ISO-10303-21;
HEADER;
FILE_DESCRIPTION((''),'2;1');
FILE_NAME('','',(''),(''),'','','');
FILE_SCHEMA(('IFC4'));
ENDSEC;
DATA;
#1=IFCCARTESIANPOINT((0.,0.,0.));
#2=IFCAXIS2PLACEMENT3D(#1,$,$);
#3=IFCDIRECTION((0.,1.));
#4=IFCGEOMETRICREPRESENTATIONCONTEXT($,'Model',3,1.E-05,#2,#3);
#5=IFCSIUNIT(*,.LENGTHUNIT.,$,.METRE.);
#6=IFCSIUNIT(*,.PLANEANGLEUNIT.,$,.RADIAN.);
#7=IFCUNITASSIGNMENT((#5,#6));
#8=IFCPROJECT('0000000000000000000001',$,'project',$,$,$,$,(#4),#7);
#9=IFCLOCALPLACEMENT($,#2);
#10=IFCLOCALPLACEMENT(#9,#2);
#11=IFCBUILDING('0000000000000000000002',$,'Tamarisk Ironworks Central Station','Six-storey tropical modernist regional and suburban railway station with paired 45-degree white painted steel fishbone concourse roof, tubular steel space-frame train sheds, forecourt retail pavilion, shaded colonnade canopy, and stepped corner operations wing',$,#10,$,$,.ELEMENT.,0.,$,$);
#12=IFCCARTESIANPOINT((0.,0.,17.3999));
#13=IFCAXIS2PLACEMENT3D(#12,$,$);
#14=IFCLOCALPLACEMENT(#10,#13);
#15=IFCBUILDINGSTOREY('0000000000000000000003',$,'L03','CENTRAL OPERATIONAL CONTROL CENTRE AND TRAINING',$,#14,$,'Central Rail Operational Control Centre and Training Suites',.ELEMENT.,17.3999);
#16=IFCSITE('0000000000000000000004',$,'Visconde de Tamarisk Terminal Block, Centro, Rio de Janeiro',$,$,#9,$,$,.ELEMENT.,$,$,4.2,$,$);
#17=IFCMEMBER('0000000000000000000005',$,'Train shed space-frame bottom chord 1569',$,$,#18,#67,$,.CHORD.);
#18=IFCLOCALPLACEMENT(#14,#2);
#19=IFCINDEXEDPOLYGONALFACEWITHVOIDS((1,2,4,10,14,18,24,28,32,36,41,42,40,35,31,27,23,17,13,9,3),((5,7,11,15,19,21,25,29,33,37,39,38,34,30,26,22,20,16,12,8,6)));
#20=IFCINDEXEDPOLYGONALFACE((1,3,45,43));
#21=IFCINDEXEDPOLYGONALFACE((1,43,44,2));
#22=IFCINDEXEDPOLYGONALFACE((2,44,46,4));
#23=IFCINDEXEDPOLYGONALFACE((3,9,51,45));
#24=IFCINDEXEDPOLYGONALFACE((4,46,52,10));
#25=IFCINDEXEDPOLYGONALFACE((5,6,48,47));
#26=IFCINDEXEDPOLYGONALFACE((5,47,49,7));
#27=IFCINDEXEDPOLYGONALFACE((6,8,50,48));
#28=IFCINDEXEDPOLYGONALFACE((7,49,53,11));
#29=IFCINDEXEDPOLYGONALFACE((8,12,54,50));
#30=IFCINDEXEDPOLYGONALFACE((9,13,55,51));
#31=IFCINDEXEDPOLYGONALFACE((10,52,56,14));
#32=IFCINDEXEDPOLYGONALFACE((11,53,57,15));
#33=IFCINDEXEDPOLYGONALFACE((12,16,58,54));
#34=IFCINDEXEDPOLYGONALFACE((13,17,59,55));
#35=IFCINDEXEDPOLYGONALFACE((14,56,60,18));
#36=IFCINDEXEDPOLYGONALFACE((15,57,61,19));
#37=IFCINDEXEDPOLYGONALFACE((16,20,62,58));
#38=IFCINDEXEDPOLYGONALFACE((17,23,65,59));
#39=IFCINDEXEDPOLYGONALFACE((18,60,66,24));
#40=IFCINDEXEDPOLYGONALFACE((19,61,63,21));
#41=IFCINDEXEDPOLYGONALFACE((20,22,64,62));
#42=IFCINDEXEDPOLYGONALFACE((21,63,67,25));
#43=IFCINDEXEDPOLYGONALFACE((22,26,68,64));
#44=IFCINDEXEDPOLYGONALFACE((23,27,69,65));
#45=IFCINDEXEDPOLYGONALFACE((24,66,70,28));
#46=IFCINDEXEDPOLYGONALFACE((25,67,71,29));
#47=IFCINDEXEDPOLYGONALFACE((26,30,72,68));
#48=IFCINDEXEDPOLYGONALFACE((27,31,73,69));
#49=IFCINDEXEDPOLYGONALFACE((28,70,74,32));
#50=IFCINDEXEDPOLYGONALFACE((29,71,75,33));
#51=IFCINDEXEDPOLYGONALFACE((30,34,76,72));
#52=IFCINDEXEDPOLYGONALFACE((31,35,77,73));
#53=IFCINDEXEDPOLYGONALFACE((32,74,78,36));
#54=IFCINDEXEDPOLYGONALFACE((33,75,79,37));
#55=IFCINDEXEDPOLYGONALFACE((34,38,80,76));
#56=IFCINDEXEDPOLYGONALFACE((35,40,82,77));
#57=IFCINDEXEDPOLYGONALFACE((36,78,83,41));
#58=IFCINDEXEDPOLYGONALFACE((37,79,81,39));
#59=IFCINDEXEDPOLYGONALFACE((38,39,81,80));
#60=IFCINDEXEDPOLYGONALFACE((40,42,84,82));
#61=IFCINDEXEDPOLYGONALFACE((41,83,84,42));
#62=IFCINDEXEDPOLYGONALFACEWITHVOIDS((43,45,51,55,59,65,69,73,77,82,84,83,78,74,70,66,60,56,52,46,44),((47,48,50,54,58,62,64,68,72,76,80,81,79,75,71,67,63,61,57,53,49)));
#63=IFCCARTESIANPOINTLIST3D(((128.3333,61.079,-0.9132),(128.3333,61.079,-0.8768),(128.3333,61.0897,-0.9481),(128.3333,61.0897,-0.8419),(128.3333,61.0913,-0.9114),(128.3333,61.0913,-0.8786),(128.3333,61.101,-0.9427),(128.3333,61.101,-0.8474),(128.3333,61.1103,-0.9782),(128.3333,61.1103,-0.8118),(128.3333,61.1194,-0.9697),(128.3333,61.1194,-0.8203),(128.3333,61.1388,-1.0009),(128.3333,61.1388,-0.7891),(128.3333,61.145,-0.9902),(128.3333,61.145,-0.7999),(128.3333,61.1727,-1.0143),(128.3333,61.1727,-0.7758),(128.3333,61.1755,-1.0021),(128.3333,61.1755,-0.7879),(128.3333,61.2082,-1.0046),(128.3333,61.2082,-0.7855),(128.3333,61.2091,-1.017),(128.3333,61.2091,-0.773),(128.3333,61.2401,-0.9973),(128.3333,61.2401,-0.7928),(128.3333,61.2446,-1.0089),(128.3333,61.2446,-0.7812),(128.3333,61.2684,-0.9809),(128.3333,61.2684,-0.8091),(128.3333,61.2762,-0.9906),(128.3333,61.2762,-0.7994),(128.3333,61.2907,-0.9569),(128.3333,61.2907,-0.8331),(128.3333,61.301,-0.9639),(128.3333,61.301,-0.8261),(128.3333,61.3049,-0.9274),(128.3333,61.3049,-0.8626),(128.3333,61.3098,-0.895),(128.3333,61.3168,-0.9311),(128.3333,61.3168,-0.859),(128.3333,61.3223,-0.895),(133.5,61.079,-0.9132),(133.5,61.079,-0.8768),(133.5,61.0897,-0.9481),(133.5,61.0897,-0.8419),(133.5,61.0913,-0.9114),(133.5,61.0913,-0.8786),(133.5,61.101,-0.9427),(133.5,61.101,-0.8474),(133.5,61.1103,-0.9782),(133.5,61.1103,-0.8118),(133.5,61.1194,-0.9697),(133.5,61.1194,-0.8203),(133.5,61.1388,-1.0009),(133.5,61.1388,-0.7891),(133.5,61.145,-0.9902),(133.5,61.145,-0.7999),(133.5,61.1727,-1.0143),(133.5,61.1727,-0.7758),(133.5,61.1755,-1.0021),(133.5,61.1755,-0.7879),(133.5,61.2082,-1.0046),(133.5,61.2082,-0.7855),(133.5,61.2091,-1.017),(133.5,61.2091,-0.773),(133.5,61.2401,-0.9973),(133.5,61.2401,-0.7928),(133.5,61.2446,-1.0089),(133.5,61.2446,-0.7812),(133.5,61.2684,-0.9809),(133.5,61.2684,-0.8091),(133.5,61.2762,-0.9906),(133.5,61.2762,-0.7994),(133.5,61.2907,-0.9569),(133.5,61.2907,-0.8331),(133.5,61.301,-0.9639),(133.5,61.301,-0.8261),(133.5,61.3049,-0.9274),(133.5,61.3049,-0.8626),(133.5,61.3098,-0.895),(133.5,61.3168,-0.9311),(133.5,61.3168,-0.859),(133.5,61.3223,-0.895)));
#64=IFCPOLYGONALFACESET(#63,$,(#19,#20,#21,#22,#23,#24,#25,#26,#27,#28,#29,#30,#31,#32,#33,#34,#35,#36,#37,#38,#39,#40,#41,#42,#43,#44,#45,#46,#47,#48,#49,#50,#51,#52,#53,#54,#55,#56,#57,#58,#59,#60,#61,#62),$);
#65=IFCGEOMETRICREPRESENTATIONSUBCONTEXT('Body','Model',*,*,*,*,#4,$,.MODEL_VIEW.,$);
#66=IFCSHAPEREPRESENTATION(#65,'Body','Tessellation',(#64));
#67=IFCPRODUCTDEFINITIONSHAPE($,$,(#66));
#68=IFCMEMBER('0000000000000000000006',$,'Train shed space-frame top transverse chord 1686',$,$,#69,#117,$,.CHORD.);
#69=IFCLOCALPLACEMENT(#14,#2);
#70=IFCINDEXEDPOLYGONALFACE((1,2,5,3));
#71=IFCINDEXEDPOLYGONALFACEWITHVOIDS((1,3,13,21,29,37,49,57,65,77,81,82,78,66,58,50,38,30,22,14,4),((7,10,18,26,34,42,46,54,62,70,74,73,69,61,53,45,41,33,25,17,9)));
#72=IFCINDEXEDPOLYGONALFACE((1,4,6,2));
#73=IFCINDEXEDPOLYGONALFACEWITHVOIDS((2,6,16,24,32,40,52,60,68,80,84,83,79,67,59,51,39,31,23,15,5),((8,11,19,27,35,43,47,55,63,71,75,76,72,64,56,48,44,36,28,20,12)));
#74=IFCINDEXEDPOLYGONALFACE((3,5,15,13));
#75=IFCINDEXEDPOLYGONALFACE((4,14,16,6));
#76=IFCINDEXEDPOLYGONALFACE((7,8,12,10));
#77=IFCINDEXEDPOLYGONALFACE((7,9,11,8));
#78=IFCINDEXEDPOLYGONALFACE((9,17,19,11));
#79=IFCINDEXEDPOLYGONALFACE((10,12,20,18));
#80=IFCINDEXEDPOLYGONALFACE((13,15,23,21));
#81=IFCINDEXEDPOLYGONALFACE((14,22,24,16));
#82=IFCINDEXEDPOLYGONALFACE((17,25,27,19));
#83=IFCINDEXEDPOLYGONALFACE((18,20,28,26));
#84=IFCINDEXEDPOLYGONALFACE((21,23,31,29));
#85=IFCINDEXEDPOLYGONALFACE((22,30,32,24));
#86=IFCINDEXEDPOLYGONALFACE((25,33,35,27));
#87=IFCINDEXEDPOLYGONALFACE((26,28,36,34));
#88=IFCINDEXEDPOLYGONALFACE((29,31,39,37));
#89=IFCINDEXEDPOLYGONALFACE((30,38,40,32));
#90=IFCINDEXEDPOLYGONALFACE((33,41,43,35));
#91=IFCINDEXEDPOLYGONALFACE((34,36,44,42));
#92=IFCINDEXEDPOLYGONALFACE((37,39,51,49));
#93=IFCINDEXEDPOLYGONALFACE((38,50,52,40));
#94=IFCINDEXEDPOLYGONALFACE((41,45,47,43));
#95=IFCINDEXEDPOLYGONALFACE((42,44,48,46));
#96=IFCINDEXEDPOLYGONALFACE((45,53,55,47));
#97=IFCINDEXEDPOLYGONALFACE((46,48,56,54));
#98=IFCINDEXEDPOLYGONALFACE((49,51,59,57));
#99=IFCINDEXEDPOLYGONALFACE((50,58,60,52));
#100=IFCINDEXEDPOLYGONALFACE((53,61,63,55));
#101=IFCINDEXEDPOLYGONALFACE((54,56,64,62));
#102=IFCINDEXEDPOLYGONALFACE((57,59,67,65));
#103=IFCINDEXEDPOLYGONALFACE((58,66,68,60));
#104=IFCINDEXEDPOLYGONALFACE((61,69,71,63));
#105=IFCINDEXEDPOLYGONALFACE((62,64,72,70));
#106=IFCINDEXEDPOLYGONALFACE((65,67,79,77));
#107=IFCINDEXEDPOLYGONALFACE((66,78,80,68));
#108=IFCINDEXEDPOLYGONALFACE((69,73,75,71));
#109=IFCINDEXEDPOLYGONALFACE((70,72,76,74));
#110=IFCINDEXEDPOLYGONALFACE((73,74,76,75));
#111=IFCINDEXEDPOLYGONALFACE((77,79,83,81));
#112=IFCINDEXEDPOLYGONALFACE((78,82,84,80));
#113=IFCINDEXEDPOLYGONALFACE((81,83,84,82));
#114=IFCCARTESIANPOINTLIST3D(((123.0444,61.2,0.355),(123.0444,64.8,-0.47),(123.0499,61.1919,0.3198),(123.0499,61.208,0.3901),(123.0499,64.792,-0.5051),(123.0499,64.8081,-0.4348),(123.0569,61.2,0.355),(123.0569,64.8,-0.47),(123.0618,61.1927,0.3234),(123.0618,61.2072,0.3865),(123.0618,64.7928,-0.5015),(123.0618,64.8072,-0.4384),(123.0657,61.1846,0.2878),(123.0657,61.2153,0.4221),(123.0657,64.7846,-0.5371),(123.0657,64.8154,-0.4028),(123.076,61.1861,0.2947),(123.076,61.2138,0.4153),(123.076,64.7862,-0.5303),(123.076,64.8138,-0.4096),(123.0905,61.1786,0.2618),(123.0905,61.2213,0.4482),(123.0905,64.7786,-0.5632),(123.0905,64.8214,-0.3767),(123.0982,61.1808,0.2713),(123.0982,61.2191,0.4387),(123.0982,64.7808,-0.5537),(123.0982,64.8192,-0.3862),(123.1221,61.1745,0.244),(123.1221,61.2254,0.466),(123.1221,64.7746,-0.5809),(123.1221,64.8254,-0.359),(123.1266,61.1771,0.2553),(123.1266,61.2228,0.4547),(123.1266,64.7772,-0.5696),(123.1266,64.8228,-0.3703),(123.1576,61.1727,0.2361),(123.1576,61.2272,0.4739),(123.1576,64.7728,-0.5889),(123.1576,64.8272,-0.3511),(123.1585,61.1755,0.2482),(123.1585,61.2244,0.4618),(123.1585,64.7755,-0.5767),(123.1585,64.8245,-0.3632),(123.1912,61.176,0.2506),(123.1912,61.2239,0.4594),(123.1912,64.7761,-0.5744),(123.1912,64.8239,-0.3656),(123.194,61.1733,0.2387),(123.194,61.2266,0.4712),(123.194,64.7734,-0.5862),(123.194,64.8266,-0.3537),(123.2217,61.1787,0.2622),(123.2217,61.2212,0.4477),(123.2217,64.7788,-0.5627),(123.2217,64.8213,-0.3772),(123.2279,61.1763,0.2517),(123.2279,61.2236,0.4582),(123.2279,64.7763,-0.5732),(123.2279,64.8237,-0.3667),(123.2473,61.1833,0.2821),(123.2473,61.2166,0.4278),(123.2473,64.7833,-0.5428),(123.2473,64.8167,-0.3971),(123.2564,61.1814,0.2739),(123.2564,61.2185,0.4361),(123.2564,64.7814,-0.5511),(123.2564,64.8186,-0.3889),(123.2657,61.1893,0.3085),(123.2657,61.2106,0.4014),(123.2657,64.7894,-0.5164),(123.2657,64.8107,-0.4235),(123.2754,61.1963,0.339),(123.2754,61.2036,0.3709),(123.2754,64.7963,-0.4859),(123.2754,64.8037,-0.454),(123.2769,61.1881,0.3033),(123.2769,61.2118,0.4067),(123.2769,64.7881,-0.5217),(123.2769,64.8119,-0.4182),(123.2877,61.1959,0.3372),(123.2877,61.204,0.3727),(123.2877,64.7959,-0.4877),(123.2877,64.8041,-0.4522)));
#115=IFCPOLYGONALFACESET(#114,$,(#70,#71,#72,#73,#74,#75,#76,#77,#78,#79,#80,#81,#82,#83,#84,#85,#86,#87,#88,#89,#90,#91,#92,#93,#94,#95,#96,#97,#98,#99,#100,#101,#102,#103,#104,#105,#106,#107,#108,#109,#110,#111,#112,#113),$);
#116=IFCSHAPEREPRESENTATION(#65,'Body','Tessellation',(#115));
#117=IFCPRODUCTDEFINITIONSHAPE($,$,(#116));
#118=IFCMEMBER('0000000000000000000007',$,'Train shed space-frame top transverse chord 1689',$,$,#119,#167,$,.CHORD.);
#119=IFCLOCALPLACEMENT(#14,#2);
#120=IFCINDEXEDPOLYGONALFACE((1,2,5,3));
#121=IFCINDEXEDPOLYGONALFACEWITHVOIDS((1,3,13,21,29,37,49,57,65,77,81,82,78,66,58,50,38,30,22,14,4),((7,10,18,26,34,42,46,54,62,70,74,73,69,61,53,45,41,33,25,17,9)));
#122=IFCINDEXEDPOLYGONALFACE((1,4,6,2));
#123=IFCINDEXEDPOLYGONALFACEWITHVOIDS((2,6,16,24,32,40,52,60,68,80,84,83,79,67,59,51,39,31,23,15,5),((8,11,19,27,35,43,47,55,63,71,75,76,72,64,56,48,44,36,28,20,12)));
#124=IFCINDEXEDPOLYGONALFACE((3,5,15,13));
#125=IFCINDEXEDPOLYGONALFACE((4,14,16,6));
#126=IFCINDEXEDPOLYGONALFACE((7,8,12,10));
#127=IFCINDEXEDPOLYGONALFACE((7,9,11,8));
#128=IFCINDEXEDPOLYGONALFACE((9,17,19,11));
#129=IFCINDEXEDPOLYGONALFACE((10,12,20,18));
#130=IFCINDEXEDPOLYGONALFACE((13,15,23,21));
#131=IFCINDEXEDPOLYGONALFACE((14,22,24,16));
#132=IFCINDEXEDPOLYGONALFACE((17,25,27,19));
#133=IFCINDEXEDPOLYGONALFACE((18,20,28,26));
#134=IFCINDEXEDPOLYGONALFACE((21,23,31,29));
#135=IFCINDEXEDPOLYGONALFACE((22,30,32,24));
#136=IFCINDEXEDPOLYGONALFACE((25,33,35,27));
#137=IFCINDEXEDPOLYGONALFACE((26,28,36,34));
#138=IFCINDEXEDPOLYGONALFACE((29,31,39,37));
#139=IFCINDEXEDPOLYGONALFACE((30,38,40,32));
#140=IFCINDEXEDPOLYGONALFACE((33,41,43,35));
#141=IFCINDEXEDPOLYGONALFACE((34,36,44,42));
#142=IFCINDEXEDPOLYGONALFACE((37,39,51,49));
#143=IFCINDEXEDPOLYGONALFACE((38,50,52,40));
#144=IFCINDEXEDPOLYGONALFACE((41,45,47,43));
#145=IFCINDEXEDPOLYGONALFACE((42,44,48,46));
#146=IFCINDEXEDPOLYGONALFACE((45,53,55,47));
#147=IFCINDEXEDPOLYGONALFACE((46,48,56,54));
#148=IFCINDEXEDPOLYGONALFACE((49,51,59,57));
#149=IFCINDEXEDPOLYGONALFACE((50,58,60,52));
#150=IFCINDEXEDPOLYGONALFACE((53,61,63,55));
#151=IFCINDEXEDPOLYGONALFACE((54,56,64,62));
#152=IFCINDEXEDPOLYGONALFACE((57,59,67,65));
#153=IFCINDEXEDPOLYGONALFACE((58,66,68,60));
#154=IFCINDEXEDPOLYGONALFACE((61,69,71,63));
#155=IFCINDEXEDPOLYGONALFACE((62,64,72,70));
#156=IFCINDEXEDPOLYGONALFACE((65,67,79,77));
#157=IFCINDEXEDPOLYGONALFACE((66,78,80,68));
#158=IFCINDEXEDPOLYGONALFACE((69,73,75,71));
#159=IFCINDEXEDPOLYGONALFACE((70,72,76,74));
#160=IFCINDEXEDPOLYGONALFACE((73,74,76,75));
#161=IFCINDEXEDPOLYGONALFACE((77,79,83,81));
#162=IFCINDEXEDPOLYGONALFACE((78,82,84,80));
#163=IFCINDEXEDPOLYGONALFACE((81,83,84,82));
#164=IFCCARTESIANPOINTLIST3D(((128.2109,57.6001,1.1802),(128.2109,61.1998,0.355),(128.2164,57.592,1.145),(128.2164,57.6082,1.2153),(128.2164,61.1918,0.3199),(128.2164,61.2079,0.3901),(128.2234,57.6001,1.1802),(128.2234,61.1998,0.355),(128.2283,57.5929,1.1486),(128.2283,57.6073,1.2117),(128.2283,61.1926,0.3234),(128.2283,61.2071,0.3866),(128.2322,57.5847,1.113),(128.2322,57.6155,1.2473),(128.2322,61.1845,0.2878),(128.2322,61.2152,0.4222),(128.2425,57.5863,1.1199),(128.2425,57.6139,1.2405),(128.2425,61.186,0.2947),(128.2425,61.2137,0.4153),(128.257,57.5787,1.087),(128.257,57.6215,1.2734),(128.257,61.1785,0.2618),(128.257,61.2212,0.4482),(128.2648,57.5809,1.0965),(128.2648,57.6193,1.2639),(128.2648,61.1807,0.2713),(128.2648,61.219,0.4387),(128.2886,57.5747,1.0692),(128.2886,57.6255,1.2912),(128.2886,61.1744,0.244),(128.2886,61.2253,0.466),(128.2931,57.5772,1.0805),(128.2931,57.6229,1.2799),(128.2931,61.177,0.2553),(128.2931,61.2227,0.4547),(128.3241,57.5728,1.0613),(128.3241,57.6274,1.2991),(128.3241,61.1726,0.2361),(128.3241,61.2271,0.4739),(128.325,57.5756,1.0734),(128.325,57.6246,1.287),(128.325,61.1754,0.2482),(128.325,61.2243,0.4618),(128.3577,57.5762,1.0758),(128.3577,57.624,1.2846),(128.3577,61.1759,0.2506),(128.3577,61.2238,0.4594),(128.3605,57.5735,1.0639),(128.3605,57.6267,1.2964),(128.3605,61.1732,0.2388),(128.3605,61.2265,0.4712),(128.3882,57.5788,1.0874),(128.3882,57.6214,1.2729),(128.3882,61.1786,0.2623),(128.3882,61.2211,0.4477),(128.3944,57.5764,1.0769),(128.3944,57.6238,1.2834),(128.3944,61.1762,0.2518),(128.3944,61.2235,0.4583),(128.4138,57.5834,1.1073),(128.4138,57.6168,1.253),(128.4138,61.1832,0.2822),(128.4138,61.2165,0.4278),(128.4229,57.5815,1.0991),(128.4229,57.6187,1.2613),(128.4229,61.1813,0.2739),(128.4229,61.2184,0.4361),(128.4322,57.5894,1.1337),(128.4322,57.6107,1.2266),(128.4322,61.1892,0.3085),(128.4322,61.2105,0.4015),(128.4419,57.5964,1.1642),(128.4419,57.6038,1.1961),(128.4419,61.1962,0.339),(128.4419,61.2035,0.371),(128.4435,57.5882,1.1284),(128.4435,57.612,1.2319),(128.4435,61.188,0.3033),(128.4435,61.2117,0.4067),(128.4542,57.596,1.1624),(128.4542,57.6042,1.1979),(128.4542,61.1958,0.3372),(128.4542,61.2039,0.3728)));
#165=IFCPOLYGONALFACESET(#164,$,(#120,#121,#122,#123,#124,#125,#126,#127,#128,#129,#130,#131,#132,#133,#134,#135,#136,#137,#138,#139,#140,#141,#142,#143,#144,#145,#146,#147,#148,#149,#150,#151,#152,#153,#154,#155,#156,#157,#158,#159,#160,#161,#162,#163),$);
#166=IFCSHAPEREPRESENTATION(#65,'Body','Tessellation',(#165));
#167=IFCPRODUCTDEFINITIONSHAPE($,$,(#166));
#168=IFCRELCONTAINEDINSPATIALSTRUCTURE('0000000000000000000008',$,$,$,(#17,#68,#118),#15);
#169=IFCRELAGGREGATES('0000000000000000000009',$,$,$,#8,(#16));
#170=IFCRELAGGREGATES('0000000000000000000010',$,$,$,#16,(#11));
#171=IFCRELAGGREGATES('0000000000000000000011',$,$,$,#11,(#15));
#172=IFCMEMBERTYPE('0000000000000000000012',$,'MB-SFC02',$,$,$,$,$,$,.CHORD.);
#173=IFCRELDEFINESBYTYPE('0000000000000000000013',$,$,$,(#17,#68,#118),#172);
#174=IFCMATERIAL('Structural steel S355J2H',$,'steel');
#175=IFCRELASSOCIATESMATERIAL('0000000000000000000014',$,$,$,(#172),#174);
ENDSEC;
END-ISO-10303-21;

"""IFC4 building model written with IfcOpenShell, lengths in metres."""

from ifc_helpers import new_model, si_unit, direction, frame, origin, origin_2d, place, context, subcontext, project, spatial, hollow_circle, extrude, material, material_profile, profile_set, type_object, element, save


model = new_model("IFC4")

# Units and contexts
model_context = context("Model", 3, precision=1e-05, world=origin(), true_north=direction((0.0, 1.0)))
body_context = subcontext(model_context, "Body", "Model", "MODEL_VIEW")
ifc_project = project(units=[si_unit("LENGTHUNIT", "METRE"), si_unit("PLANEANGLEUNIT", "RADIAN")], contexts=[model_context])

# Site, building, storey
site_placement = place(None, origin())
site = spatial("IfcSite", under=ifc_project, at=site_placement, Name="Visconde de Tamarisk Terminal Block, Centro, Rio de Janeiro", CompositionType="ELEMENT", RefElevation=4.2)
building_placement = place(site_placement, origin())
building = spatial("IfcBuilding", under=site, at=building_placement, Name="Tamarisk Ironworks Central Station", Description="Six-storey tropical modernist regional and suburban railway station with paired 45-degree white painted steel fishbone concourse roof, tubular steel space-frame train sheds, forecourt retail pavilion, shaded colonnade canopy, and stepped corner operations wing", CompositionType="ELEMENT", ElevationOfRefHeight=0.0)
storey_placement = place(building_placement, frame((0.0, 0.0, 17.3999)))
storey = spatial("IfcBuildingStorey", under=building, at=storey_placement, Name="L03", Description="CENTRAL OPERATIONAL CONTROL CENTRE AND TRAINING", LongName="Central Rail Operational Control Centre and Training Suites", CompositionType="ELEMENT", Elevation=17.3999)

# Members
ifc_material = material(Name="Structural steel S355J2H", Category="steel")
ifc_material_profile_1 = material_profile(ifc_material, hollow_circle(Radius=0.1223, WallThickness=0.0125, at=origin_2d()), Name="CHS 244.5x12.5")
ifc_profile_set_1 = profile_set([ifc_material_profile_1], Name="Structural steel S355J2H")
member_type_1 = type_object("IfcMemberType", Name="MB-SFC02", PredefinedType="CHORD", material=ifc_profile_set_1)
for number, where, z_axis, x_axis, name in (
    (1, (128.3333, 61.2, -0.895), (1.0, 0.0, 0.0), (0.0, 1.0, 0.0), "Train shed space-frame bottom chord 1569"),
):
    element("IfcMember", number, at=place(storey_placement, frame(where, z_axis=z_axis, x_axis=x_axis)), inside=storey, type_object=member_type_1, Name=name, PredefinedType="CHORD", context=body_context, shape_type="SweptSolid", body=[
        extrude(hollow_circle(Radius=0.1223, WallThickness=0.0125, at=origin_2d()), origin(), (0.0, 0.0, 1.0), 5.1667),
    ])
member_1_placement = place(storey_placement, frame((123.1667, 61.2, 0.355), z_axis=(0.0, 0.974737, -0.223358), x_axis=(-1.0, 0.0, 0.0)))
element("IfcMember", 2, at=member_1_placement, inside=storey, type_object=member_type_1, Name="Train shed space-frame top transverse chord 1686", PredefinedType="CHORD", context=body_context, shape_type="SweptSolid", body=[
    extrude(hollow_circle(Radius=0.1223, WallThickness=0.0125, at=origin_2d()), origin(), (0.0, 0.0, 1.0), 3.6934),
])
member_2_placement = place(storey_placement, frame((128.3333, 57.6001, 1.1802), z_axis=(0.0, 0.974719, -0.223435), x_axis=(-1.0, 0.0, 0.0)))
element("IfcMember", 3, at=member_2_placement, inside=storey, type_object=member_type_1, Name="Train shed space-frame top transverse chord 1689", PredefinedType="CHORD", context=body_context, shape_type="SweptSolid", body=[
    extrude(hollow_circle(Radius=0.1223, WallThickness=0.0125, at=origin_2d()), origin(), (0.0, 0.0, 1.0), 3.6931),
])

save(model, "model.ifc")
